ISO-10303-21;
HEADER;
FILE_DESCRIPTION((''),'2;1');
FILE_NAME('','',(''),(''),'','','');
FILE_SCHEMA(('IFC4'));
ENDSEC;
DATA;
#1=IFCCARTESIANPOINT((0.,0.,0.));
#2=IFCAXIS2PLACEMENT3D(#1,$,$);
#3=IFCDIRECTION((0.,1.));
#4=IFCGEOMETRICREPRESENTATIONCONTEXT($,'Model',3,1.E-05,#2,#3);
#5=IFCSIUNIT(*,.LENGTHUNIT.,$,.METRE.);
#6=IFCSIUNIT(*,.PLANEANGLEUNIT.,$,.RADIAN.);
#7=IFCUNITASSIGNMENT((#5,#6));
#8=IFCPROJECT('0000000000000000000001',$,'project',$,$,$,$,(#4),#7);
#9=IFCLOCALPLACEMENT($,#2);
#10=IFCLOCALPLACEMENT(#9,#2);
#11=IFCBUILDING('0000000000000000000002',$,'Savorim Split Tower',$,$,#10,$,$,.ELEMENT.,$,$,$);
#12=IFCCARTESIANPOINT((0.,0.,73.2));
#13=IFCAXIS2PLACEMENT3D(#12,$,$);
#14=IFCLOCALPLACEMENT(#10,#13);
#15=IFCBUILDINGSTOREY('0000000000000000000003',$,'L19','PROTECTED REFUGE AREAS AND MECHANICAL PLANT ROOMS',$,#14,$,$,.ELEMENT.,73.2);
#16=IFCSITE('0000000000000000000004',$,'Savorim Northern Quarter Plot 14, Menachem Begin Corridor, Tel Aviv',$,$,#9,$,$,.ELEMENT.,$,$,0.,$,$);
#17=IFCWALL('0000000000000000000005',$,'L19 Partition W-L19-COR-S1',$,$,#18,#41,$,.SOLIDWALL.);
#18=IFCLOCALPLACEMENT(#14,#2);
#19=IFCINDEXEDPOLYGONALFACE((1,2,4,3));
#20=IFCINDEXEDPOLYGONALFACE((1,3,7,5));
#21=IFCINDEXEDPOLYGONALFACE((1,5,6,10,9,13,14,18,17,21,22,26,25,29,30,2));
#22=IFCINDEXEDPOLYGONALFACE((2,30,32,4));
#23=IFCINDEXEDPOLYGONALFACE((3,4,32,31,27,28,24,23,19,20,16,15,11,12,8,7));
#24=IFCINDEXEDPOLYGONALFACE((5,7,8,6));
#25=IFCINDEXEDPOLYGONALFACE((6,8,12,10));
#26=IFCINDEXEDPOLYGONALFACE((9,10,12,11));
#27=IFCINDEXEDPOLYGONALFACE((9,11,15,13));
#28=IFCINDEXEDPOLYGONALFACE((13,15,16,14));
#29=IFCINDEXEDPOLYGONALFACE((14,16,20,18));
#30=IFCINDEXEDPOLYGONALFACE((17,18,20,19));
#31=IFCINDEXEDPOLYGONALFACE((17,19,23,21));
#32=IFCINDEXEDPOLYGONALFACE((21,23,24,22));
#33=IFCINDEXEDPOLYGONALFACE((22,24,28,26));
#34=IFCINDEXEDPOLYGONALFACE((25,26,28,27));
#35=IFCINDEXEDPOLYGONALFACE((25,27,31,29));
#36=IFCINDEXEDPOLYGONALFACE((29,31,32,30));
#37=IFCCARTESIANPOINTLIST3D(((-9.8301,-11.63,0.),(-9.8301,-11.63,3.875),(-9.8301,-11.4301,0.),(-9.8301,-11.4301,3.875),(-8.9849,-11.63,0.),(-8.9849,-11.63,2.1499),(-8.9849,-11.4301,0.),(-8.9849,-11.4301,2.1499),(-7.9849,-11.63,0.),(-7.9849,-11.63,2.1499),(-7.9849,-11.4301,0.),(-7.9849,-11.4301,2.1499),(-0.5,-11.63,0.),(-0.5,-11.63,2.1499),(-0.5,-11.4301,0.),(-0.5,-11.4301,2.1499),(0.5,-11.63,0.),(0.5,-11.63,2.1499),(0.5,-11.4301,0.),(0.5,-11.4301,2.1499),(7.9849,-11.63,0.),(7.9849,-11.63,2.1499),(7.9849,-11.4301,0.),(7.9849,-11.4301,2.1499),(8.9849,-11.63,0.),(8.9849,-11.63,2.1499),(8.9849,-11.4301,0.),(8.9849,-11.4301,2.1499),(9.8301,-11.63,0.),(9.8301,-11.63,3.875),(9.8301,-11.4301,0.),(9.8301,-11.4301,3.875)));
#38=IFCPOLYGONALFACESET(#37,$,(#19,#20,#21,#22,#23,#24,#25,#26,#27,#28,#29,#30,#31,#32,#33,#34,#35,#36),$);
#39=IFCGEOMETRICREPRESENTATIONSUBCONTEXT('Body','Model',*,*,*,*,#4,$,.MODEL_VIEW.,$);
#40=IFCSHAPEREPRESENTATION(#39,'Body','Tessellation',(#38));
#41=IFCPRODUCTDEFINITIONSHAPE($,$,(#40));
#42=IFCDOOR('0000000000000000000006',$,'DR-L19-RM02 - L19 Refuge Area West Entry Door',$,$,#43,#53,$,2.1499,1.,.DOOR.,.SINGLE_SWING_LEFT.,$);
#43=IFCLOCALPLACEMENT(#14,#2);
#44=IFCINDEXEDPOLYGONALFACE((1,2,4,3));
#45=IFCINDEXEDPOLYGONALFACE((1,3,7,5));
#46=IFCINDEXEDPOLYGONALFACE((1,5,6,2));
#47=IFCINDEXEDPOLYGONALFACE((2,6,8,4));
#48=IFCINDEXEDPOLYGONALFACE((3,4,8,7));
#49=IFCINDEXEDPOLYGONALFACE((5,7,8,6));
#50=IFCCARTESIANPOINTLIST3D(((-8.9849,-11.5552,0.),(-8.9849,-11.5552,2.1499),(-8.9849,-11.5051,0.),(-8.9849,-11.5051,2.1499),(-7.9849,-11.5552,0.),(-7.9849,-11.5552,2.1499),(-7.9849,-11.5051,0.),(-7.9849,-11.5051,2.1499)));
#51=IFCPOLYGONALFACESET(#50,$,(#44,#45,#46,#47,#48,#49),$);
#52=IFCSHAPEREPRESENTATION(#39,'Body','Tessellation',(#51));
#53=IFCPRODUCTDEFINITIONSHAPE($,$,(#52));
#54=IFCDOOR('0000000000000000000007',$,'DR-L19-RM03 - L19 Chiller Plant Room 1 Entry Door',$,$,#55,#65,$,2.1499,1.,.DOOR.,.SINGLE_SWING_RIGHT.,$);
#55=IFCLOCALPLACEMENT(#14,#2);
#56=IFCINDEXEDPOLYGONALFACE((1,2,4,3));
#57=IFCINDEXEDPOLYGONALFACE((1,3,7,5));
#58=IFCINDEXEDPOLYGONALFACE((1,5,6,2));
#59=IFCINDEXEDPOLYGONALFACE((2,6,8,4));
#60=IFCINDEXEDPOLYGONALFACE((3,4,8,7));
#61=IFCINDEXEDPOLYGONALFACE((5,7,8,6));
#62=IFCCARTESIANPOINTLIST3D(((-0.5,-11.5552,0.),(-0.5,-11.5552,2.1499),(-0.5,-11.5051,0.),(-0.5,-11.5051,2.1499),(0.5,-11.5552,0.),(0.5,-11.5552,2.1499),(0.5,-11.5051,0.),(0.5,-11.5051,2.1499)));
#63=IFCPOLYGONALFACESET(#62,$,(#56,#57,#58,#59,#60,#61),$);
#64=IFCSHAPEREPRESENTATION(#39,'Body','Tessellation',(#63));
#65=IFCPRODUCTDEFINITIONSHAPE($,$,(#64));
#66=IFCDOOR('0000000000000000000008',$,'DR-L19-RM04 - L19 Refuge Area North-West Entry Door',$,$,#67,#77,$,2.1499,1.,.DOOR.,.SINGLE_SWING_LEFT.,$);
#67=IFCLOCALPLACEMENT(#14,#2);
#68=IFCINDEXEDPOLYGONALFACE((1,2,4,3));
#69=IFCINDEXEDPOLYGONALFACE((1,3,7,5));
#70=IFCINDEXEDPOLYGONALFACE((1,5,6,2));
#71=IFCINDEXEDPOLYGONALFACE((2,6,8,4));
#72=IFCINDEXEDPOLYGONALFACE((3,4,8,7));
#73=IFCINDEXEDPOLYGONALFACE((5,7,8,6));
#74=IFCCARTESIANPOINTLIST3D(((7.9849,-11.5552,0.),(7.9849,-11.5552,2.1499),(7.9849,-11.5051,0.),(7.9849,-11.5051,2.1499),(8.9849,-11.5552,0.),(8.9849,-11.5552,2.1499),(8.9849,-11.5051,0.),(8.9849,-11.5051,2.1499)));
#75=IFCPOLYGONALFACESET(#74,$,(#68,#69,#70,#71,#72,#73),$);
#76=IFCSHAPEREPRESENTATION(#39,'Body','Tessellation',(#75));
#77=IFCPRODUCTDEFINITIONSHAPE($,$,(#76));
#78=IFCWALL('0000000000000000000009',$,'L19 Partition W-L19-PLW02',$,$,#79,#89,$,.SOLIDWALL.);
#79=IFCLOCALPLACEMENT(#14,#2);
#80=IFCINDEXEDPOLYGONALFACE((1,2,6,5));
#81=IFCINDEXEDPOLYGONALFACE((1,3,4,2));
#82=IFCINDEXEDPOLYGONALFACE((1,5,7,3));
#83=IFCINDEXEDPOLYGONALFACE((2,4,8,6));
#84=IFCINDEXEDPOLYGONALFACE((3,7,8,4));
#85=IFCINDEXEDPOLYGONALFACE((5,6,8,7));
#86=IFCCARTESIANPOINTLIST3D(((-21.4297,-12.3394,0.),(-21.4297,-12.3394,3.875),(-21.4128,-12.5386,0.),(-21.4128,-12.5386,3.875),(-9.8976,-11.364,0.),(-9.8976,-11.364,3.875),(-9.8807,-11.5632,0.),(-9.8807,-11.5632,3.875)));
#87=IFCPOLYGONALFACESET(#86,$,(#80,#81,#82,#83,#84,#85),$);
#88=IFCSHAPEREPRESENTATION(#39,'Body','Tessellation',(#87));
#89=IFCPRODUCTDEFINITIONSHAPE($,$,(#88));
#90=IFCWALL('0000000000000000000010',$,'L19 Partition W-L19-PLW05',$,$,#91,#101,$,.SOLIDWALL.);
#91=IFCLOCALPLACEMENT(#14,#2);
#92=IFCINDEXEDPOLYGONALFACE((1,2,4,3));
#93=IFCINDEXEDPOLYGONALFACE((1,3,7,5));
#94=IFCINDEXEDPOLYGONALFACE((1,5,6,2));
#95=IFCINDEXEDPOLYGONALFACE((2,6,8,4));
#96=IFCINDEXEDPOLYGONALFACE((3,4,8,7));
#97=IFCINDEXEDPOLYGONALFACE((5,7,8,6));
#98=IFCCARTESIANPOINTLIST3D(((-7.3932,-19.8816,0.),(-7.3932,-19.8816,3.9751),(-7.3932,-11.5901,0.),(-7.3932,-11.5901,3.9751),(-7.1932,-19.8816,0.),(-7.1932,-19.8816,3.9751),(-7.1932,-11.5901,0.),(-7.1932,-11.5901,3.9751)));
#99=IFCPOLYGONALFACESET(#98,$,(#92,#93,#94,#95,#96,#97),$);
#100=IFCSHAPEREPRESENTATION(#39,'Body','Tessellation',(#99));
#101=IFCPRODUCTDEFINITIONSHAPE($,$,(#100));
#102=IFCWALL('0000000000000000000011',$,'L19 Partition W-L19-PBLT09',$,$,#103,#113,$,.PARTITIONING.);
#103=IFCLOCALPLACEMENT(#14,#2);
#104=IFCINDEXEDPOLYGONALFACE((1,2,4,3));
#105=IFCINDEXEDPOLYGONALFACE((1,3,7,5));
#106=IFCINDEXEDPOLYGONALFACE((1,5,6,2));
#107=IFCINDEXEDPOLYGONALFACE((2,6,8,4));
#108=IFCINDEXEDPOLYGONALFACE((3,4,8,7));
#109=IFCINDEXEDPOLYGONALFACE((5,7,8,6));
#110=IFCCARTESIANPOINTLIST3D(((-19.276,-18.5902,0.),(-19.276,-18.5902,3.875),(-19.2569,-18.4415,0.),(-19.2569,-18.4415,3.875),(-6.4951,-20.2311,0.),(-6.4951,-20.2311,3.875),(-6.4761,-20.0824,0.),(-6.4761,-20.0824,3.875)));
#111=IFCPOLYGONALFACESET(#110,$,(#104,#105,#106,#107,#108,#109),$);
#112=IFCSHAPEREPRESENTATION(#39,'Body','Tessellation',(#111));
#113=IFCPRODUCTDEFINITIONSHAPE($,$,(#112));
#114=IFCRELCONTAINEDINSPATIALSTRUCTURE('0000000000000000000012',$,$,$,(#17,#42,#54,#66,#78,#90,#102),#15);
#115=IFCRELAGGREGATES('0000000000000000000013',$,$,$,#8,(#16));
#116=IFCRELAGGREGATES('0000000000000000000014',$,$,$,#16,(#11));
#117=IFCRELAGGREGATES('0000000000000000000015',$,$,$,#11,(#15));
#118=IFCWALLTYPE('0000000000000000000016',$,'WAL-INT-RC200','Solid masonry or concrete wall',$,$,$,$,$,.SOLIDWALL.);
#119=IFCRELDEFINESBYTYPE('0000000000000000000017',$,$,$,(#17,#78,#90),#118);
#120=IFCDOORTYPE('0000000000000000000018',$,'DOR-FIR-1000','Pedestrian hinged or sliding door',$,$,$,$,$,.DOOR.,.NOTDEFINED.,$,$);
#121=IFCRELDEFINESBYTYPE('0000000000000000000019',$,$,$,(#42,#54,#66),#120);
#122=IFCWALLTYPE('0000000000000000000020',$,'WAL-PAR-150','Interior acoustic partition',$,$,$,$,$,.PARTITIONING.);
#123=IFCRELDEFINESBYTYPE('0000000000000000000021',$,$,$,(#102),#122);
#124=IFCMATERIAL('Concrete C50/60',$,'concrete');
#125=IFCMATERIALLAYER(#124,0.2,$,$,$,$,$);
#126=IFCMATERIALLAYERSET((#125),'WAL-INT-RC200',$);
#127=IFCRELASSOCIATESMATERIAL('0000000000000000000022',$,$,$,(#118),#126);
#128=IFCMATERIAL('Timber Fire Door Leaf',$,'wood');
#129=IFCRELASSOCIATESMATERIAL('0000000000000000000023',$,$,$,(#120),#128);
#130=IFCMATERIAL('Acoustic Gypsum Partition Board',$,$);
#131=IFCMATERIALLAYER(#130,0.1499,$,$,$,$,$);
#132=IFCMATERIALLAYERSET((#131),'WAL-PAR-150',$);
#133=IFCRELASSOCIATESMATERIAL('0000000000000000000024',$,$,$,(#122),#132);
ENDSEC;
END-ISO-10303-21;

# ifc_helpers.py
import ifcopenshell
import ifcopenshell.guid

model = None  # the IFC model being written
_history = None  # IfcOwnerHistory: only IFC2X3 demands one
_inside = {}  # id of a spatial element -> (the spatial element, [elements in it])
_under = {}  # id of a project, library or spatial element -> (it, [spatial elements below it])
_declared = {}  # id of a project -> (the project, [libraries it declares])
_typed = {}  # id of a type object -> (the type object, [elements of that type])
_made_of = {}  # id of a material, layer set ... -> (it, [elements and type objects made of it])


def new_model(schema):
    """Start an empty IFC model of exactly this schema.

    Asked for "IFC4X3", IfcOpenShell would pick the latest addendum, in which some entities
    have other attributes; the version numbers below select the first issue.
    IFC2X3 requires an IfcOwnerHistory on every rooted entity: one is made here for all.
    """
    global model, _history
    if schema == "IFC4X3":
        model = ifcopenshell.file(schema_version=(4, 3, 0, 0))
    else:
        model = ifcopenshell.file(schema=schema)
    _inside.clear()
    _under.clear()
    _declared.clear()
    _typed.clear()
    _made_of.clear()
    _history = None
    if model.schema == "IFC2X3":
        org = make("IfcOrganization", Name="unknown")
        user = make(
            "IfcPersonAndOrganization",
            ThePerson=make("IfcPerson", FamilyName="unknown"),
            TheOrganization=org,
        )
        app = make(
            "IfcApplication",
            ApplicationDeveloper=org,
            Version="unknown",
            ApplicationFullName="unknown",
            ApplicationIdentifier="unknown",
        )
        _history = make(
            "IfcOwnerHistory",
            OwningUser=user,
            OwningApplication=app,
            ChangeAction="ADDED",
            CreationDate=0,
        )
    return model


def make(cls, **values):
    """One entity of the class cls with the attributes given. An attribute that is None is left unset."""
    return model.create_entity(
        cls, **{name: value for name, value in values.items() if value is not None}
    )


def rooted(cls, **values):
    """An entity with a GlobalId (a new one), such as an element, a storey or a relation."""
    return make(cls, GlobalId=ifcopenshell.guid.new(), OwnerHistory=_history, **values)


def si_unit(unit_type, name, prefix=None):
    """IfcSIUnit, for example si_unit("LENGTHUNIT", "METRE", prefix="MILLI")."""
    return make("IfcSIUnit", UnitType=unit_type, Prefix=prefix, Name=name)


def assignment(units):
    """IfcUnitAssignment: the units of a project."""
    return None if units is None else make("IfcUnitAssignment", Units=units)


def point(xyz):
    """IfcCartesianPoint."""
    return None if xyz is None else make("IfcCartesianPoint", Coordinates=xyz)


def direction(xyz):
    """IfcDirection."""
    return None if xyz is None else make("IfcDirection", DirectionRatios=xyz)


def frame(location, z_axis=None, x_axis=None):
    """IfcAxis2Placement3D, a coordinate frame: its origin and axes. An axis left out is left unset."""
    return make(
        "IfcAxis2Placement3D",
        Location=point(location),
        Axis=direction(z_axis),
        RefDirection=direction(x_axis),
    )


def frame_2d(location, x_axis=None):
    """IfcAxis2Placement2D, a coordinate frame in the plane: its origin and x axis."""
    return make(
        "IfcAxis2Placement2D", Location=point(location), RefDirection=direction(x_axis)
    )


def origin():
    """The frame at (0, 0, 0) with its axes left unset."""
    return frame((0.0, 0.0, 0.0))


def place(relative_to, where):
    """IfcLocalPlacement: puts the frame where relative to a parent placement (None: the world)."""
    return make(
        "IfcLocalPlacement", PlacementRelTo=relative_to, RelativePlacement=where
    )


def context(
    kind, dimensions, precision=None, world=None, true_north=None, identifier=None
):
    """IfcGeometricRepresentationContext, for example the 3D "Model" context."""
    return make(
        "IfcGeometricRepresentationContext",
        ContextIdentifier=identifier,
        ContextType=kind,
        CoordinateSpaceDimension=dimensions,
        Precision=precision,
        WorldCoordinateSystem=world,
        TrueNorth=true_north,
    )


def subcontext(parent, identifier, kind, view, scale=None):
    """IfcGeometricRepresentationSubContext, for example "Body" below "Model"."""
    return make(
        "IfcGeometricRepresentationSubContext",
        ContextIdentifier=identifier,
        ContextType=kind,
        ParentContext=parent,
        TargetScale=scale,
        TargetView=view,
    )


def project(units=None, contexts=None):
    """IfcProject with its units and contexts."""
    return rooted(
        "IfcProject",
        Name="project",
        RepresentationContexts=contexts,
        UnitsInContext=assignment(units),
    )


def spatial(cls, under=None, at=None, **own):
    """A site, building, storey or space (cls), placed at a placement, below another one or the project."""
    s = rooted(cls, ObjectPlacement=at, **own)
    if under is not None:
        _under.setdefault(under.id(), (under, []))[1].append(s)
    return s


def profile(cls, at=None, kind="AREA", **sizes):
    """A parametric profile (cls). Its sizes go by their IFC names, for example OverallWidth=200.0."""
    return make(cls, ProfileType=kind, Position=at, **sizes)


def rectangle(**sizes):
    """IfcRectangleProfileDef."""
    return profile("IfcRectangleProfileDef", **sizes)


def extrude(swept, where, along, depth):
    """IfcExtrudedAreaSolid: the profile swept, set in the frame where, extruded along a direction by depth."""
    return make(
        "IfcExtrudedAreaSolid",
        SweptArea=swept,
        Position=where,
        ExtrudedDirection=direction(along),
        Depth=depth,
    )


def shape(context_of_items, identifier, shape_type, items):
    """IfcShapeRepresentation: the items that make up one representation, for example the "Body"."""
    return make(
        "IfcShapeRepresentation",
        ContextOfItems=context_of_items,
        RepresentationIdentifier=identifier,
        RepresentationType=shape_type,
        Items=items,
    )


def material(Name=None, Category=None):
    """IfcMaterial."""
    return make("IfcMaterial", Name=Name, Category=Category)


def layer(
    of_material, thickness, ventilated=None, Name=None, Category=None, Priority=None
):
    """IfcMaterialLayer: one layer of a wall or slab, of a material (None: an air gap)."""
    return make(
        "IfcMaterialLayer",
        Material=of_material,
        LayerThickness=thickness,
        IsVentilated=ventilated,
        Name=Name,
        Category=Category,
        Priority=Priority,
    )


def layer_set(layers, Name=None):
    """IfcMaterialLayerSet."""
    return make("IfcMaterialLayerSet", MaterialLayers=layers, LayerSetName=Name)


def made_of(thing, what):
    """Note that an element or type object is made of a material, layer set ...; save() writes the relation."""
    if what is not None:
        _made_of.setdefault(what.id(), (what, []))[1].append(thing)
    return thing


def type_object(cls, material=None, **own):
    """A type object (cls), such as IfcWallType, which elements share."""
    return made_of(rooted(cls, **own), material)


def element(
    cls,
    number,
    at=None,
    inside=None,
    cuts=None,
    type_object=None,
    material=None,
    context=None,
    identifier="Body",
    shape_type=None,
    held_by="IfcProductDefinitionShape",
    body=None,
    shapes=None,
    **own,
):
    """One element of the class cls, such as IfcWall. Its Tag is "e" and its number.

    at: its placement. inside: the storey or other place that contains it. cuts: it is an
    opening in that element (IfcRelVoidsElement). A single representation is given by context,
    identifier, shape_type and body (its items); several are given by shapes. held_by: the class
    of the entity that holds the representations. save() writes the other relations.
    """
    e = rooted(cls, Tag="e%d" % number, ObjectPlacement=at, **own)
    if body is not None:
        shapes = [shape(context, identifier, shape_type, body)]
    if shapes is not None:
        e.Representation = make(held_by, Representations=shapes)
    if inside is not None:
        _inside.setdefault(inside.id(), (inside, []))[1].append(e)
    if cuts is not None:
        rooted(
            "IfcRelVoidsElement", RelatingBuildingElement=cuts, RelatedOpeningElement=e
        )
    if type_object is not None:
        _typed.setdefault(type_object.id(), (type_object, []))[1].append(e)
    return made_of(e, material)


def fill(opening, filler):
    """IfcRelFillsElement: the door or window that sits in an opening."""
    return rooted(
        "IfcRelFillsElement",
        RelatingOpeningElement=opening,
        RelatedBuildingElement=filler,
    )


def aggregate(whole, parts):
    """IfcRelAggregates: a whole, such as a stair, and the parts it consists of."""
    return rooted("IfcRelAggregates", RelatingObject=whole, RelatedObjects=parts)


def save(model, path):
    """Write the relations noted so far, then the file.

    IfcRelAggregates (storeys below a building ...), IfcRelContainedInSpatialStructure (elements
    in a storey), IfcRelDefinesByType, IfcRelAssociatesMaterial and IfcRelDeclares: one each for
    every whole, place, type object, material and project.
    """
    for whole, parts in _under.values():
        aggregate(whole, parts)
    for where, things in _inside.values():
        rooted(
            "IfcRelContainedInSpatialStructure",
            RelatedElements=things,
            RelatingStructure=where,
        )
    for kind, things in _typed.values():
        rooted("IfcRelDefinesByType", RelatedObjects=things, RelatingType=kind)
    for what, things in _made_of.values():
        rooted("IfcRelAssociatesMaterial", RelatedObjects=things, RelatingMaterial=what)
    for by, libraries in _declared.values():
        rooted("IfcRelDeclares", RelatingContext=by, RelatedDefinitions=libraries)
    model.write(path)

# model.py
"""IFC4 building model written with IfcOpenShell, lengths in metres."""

from ifc_helpers import new_model, si_unit, direction, frame, frame_2d, origin, place, context, subcontext, project, spatial, rectangle, extrude, material, layer, layer_set, type_object, element, fill, save


model = new_model("IFC4")

# Units and contexts
model_context = context("Model", 3, precision=1e-05, world=origin(), true_north=direction((0.0, 1.0)))
body_context = subcontext(model_context, "Body", "Model", "MODEL_VIEW")
ifc_project = project(units=[si_unit("LENGTHUNIT", "METRE"), si_unit("PLANEANGLEUNIT", "RADIAN")], contexts=[model_context])

# Site, building, storey
site_placement = place(None, origin())
site = spatial("IfcSite", under=ifc_project, at=site_placement, Name="Savorim Northern Quarter Plot 14, Menachem Begin Corridor, Tel Aviv", CompositionType="ELEMENT", RefElevation=0.0)
building_placement = place(site_placement, origin())
building = spatial("IfcBuilding", under=site, at=building_placement, Name="Savorim Split Tower", CompositionType="ELEMENT")
storey_placement = place(building_placement, frame((0.0, 0.0, 73.2)))
storey = spatial("IfcBuildingStorey", under=building, at=storey_placement, Name="L19", Description="PROTECTED REFUGE AREAS AND MECHANICAL PLANT ROOMS", CompositionType="ELEMENT", Elevation=73.2)

# Shared definitions
ifc_material_1 = material(Name="Timber Fire Door Leaf", Category="wood")

# Wall, openings, doors
ifc_material_2 = material(Name="Concrete C50/60", Category="concrete")
ifc_layer_1 = layer(ifc_material_2, 0.2)
ifc_layer_set_1 = layer_set([ifc_layer_1], Name="WAL-INT-RC200")
wall_type_1 = type_object("IfcWallType", Name="WAL-INT-RC200", Description="Solid masonry or concrete wall", PredefinedType="SOLIDWALL", material=ifc_layer_set_1)
door_type_1 = type_object("IfcDoorType", Name="DOR-FIR-1000", Description="Pedestrian hinged or sliding door", OperationType="NOTDEFINED", PredefinedType="DOOR", material=ifc_material_1)
wall_1_placement = place(storey_placement, frame((-9.8301, -11.53, 0.0), z_axis=(0.0, 0.0, 1.0), x_axis=(1.0, 0.0, 0.0)))
wall_1 = element("IfcWall", 1, at=wall_1_placement, inside=storey, type_object=wall_type_1, Name="L19 Partition W-L19-COR-S1", PredefinedType="SOLIDWALL", context=body_context, shape_type="SweptSolid", body=[
    extrude(rectangle(XDim=19.6602, YDim=0.2, at=frame_2d((9.8301, 0.0))), origin(), (0.0, 0.0, 1.0), 3.875),
])
opening_1_placement = place(wall_1_placement, frame((0.8452, 0.0, 0.0)))
opening_1 = element("IfcOpeningElement", 2, at=opening_1_placement, cuts=wall_1, PredefinedType="OPENING", context=body_context, shape_type="SweptSolid", body=[
    extrude(rectangle(XDim=1.0, YDim=2.1499, at=frame_2d((0.5, 1.075))), frame((0.0, 0.1099, 0.0), z_axis=(0.0, -1.0, 0.0), x_axis=(1.0, 0.0, 0.0)), (0.0, 0.0, 1.0), 0.22),
])
opening_2_placement = place(wall_1_placement, frame((9.3301, 0.0, 0.0)))
opening_2 = element("IfcOpeningElement", 3, at=opening_2_placement, cuts=wall_1, PredefinedType="OPENING", context=body_context, shape_type="SweptSolid", body=[
    extrude(rectangle(XDim=1.0, YDim=2.1499, at=frame_2d((0.5, 1.075))), frame((0.0, 0.1099, 0.0), z_axis=(0.0, -1.0, 0.0), x_axis=(1.0, 0.0, 0.0)), (0.0, 0.0, 1.0), 0.22),
])
opening_3_placement = place(wall_1_placement, frame((17.8149, 0.0, 0.0)))
opening_3 = element("IfcOpeningElement", 4, at=opening_3_placement, cuts=wall_1, PredefinedType="OPENING", context=body_context, shape_type="SweptSolid", body=[
    extrude(rectangle(XDim=1.0, YDim=2.1499, at=frame_2d((0.5, 1.075))), frame((0.0, 0.1099, 0.0), z_axis=(0.0, -1.0, 0.0), x_axis=(1.0, 0.0, 0.0)), (0.0, 0.0, 1.0), 0.22),
])
door_1_placement = place(opening_1_placement, origin())
door_1 = element("IfcDoor", 5, at=door_1_placement, inside=storey, type_object=door_type_1, Name="DR-L19-RM02 - L19 Refuge Area West Entry Door", OperationType="SINGLE_SWING_LEFT", OverallHeight=2.1499, OverallWidth=1.0, PredefinedType="DOOR", context=body_context, shape_type="SweptSolid", body=[
    extrude(rectangle(XDim=1.0, YDim=2.1499, at=frame_2d((0.5, 1.075))), frame((0.0, 0.0249, 0.0), z_axis=(0.0, -1.0, 0.0), x_axis=(1.0, 0.0, 0.0)), (0.0, 0.0, 1.0), 0.05),
])
fill(opening_1, door_1)
door_2_placement = place(opening_2_placement, origin())
door_2 = element("IfcDoor", 6, at=door_2_placement, inside=storey, type_object=door_type_1, Name="DR-L19-RM03 - L19 Chiller Plant Room 1 Entry Door", OperationType="SINGLE_SWING_RIGHT", OverallHeight=2.1499, OverallWidth=1.0, PredefinedType="DOOR", context=body_context, shape_type="SweptSolid", body=[
    extrude(rectangle(XDim=1.0, YDim=2.1499, at=frame_2d((0.5, 1.075))), frame((0.0, 0.0249, 0.0), z_axis=(0.0, -1.0, 0.0), x_axis=(1.0, 0.0, 0.0)), (0.0, 0.0, 1.0), 0.05),
])
fill(opening_2, door_2)
door_3_placement = place(opening_3_placement, origin())
door_3 = element("IfcDoor", 7, at=door_3_placement, inside=storey, type_object=door_type_1, Name="DR-L19-RM04 - L19 Refuge Area North-West Entry Door", OperationType="SINGLE_SWING_LEFT", OverallHeight=2.1499, OverallWidth=1.0, PredefinedType="DOOR", context=body_context, shape_type="SweptSolid", body=[
    extrude(rectangle(XDim=1.0, YDim=2.1499, at=frame_2d((0.5, 1.075))), frame((0.0, 0.0249, 0.0), z_axis=(0.0, -1.0, 0.0), x_axis=(1.0, 0.0, 0.0)), (0.0, 0.0, 1.0), 0.05),
])
fill(opening_3, door_3)

# Walls
wall_2_placement = place(storey_placement, frame((-9.8892, -11.4636, 0.0), z_axis=(0.0, 0.0, 1.0), x_axis=(-0.996442, -0.084276, 0.0)))
element("IfcWall", 8, at=wall_2_placement, inside=storey, type_object=wall_type_1, Name="L19 Partition W-L19-PLW02", PredefinedType="SOLIDWALL", context=body_context, shape_type="SweptSolid", body=[
    extrude(rectangle(XDim=11.5732, YDim=0.2, at=frame_2d((5.7866, 0.0))), origin(), (0.0, 0.0, 1.0), 3.875),
])
wall_3_placement = place(storey_placement, frame((-7.2932, -11.5901, 0.0), z_axis=(0.0, 0.0, 1.0), x_axis=(0.0, -1.0, 0.0)))
element("IfcWall", 9, at=wall_3_placement, inside=storey, type_object=wall_type_1, Name="L19 Partition W-L19-PLW05", PredefinedType="SOLIDWALL", context=body_context, shape_type="SweptSolid", body=[
    extrude(rectangle(XDim=8.2915, YDim=0.2, at=frame_2d((4.1458, 0.0))), origin(), (0.0, 0.0, 1.0), 3.9751),
])
ifc_material_3 = material(Name="Acoustic Gypsum Partition Board")
ifc_layer_2 = layer(ifc_material_3, 0.1499)
ifc_layer_set_2 = layer_set([ifc_layer_2], Name="WAL-PAR-150")
wall_type_2 = type_object("IfcWallType", Name="WAL-PAR-150", Description="Interior acoustic partition", PredefinedType="PARTITIONING", material=ifc_layer_set_2)
wall_4_placement = place(storey_placement, frame((-6.4856, -20.1567, 0.0), z_axis=(0.0, 0.0, 1.0), x_axis=(-0.991859, 0.127341, 0.0)))
element("IfcWall", 10, at=wall_4_placement, inside=storey, type_object=wall_type_2, Name="L19 Partition W-L19-PBLT09", PredefinedType="PARTITIONING", context=body_context, shape_type="SweptSolid", body=[
    extrude(rectangle(XDim=12.8857, YDim=0.1499, at=frame_2d((6.4429, 0.0))), origin(), (0.0, 0.0, 1.0), 3.875),
])

save(model, "model.ifc")
